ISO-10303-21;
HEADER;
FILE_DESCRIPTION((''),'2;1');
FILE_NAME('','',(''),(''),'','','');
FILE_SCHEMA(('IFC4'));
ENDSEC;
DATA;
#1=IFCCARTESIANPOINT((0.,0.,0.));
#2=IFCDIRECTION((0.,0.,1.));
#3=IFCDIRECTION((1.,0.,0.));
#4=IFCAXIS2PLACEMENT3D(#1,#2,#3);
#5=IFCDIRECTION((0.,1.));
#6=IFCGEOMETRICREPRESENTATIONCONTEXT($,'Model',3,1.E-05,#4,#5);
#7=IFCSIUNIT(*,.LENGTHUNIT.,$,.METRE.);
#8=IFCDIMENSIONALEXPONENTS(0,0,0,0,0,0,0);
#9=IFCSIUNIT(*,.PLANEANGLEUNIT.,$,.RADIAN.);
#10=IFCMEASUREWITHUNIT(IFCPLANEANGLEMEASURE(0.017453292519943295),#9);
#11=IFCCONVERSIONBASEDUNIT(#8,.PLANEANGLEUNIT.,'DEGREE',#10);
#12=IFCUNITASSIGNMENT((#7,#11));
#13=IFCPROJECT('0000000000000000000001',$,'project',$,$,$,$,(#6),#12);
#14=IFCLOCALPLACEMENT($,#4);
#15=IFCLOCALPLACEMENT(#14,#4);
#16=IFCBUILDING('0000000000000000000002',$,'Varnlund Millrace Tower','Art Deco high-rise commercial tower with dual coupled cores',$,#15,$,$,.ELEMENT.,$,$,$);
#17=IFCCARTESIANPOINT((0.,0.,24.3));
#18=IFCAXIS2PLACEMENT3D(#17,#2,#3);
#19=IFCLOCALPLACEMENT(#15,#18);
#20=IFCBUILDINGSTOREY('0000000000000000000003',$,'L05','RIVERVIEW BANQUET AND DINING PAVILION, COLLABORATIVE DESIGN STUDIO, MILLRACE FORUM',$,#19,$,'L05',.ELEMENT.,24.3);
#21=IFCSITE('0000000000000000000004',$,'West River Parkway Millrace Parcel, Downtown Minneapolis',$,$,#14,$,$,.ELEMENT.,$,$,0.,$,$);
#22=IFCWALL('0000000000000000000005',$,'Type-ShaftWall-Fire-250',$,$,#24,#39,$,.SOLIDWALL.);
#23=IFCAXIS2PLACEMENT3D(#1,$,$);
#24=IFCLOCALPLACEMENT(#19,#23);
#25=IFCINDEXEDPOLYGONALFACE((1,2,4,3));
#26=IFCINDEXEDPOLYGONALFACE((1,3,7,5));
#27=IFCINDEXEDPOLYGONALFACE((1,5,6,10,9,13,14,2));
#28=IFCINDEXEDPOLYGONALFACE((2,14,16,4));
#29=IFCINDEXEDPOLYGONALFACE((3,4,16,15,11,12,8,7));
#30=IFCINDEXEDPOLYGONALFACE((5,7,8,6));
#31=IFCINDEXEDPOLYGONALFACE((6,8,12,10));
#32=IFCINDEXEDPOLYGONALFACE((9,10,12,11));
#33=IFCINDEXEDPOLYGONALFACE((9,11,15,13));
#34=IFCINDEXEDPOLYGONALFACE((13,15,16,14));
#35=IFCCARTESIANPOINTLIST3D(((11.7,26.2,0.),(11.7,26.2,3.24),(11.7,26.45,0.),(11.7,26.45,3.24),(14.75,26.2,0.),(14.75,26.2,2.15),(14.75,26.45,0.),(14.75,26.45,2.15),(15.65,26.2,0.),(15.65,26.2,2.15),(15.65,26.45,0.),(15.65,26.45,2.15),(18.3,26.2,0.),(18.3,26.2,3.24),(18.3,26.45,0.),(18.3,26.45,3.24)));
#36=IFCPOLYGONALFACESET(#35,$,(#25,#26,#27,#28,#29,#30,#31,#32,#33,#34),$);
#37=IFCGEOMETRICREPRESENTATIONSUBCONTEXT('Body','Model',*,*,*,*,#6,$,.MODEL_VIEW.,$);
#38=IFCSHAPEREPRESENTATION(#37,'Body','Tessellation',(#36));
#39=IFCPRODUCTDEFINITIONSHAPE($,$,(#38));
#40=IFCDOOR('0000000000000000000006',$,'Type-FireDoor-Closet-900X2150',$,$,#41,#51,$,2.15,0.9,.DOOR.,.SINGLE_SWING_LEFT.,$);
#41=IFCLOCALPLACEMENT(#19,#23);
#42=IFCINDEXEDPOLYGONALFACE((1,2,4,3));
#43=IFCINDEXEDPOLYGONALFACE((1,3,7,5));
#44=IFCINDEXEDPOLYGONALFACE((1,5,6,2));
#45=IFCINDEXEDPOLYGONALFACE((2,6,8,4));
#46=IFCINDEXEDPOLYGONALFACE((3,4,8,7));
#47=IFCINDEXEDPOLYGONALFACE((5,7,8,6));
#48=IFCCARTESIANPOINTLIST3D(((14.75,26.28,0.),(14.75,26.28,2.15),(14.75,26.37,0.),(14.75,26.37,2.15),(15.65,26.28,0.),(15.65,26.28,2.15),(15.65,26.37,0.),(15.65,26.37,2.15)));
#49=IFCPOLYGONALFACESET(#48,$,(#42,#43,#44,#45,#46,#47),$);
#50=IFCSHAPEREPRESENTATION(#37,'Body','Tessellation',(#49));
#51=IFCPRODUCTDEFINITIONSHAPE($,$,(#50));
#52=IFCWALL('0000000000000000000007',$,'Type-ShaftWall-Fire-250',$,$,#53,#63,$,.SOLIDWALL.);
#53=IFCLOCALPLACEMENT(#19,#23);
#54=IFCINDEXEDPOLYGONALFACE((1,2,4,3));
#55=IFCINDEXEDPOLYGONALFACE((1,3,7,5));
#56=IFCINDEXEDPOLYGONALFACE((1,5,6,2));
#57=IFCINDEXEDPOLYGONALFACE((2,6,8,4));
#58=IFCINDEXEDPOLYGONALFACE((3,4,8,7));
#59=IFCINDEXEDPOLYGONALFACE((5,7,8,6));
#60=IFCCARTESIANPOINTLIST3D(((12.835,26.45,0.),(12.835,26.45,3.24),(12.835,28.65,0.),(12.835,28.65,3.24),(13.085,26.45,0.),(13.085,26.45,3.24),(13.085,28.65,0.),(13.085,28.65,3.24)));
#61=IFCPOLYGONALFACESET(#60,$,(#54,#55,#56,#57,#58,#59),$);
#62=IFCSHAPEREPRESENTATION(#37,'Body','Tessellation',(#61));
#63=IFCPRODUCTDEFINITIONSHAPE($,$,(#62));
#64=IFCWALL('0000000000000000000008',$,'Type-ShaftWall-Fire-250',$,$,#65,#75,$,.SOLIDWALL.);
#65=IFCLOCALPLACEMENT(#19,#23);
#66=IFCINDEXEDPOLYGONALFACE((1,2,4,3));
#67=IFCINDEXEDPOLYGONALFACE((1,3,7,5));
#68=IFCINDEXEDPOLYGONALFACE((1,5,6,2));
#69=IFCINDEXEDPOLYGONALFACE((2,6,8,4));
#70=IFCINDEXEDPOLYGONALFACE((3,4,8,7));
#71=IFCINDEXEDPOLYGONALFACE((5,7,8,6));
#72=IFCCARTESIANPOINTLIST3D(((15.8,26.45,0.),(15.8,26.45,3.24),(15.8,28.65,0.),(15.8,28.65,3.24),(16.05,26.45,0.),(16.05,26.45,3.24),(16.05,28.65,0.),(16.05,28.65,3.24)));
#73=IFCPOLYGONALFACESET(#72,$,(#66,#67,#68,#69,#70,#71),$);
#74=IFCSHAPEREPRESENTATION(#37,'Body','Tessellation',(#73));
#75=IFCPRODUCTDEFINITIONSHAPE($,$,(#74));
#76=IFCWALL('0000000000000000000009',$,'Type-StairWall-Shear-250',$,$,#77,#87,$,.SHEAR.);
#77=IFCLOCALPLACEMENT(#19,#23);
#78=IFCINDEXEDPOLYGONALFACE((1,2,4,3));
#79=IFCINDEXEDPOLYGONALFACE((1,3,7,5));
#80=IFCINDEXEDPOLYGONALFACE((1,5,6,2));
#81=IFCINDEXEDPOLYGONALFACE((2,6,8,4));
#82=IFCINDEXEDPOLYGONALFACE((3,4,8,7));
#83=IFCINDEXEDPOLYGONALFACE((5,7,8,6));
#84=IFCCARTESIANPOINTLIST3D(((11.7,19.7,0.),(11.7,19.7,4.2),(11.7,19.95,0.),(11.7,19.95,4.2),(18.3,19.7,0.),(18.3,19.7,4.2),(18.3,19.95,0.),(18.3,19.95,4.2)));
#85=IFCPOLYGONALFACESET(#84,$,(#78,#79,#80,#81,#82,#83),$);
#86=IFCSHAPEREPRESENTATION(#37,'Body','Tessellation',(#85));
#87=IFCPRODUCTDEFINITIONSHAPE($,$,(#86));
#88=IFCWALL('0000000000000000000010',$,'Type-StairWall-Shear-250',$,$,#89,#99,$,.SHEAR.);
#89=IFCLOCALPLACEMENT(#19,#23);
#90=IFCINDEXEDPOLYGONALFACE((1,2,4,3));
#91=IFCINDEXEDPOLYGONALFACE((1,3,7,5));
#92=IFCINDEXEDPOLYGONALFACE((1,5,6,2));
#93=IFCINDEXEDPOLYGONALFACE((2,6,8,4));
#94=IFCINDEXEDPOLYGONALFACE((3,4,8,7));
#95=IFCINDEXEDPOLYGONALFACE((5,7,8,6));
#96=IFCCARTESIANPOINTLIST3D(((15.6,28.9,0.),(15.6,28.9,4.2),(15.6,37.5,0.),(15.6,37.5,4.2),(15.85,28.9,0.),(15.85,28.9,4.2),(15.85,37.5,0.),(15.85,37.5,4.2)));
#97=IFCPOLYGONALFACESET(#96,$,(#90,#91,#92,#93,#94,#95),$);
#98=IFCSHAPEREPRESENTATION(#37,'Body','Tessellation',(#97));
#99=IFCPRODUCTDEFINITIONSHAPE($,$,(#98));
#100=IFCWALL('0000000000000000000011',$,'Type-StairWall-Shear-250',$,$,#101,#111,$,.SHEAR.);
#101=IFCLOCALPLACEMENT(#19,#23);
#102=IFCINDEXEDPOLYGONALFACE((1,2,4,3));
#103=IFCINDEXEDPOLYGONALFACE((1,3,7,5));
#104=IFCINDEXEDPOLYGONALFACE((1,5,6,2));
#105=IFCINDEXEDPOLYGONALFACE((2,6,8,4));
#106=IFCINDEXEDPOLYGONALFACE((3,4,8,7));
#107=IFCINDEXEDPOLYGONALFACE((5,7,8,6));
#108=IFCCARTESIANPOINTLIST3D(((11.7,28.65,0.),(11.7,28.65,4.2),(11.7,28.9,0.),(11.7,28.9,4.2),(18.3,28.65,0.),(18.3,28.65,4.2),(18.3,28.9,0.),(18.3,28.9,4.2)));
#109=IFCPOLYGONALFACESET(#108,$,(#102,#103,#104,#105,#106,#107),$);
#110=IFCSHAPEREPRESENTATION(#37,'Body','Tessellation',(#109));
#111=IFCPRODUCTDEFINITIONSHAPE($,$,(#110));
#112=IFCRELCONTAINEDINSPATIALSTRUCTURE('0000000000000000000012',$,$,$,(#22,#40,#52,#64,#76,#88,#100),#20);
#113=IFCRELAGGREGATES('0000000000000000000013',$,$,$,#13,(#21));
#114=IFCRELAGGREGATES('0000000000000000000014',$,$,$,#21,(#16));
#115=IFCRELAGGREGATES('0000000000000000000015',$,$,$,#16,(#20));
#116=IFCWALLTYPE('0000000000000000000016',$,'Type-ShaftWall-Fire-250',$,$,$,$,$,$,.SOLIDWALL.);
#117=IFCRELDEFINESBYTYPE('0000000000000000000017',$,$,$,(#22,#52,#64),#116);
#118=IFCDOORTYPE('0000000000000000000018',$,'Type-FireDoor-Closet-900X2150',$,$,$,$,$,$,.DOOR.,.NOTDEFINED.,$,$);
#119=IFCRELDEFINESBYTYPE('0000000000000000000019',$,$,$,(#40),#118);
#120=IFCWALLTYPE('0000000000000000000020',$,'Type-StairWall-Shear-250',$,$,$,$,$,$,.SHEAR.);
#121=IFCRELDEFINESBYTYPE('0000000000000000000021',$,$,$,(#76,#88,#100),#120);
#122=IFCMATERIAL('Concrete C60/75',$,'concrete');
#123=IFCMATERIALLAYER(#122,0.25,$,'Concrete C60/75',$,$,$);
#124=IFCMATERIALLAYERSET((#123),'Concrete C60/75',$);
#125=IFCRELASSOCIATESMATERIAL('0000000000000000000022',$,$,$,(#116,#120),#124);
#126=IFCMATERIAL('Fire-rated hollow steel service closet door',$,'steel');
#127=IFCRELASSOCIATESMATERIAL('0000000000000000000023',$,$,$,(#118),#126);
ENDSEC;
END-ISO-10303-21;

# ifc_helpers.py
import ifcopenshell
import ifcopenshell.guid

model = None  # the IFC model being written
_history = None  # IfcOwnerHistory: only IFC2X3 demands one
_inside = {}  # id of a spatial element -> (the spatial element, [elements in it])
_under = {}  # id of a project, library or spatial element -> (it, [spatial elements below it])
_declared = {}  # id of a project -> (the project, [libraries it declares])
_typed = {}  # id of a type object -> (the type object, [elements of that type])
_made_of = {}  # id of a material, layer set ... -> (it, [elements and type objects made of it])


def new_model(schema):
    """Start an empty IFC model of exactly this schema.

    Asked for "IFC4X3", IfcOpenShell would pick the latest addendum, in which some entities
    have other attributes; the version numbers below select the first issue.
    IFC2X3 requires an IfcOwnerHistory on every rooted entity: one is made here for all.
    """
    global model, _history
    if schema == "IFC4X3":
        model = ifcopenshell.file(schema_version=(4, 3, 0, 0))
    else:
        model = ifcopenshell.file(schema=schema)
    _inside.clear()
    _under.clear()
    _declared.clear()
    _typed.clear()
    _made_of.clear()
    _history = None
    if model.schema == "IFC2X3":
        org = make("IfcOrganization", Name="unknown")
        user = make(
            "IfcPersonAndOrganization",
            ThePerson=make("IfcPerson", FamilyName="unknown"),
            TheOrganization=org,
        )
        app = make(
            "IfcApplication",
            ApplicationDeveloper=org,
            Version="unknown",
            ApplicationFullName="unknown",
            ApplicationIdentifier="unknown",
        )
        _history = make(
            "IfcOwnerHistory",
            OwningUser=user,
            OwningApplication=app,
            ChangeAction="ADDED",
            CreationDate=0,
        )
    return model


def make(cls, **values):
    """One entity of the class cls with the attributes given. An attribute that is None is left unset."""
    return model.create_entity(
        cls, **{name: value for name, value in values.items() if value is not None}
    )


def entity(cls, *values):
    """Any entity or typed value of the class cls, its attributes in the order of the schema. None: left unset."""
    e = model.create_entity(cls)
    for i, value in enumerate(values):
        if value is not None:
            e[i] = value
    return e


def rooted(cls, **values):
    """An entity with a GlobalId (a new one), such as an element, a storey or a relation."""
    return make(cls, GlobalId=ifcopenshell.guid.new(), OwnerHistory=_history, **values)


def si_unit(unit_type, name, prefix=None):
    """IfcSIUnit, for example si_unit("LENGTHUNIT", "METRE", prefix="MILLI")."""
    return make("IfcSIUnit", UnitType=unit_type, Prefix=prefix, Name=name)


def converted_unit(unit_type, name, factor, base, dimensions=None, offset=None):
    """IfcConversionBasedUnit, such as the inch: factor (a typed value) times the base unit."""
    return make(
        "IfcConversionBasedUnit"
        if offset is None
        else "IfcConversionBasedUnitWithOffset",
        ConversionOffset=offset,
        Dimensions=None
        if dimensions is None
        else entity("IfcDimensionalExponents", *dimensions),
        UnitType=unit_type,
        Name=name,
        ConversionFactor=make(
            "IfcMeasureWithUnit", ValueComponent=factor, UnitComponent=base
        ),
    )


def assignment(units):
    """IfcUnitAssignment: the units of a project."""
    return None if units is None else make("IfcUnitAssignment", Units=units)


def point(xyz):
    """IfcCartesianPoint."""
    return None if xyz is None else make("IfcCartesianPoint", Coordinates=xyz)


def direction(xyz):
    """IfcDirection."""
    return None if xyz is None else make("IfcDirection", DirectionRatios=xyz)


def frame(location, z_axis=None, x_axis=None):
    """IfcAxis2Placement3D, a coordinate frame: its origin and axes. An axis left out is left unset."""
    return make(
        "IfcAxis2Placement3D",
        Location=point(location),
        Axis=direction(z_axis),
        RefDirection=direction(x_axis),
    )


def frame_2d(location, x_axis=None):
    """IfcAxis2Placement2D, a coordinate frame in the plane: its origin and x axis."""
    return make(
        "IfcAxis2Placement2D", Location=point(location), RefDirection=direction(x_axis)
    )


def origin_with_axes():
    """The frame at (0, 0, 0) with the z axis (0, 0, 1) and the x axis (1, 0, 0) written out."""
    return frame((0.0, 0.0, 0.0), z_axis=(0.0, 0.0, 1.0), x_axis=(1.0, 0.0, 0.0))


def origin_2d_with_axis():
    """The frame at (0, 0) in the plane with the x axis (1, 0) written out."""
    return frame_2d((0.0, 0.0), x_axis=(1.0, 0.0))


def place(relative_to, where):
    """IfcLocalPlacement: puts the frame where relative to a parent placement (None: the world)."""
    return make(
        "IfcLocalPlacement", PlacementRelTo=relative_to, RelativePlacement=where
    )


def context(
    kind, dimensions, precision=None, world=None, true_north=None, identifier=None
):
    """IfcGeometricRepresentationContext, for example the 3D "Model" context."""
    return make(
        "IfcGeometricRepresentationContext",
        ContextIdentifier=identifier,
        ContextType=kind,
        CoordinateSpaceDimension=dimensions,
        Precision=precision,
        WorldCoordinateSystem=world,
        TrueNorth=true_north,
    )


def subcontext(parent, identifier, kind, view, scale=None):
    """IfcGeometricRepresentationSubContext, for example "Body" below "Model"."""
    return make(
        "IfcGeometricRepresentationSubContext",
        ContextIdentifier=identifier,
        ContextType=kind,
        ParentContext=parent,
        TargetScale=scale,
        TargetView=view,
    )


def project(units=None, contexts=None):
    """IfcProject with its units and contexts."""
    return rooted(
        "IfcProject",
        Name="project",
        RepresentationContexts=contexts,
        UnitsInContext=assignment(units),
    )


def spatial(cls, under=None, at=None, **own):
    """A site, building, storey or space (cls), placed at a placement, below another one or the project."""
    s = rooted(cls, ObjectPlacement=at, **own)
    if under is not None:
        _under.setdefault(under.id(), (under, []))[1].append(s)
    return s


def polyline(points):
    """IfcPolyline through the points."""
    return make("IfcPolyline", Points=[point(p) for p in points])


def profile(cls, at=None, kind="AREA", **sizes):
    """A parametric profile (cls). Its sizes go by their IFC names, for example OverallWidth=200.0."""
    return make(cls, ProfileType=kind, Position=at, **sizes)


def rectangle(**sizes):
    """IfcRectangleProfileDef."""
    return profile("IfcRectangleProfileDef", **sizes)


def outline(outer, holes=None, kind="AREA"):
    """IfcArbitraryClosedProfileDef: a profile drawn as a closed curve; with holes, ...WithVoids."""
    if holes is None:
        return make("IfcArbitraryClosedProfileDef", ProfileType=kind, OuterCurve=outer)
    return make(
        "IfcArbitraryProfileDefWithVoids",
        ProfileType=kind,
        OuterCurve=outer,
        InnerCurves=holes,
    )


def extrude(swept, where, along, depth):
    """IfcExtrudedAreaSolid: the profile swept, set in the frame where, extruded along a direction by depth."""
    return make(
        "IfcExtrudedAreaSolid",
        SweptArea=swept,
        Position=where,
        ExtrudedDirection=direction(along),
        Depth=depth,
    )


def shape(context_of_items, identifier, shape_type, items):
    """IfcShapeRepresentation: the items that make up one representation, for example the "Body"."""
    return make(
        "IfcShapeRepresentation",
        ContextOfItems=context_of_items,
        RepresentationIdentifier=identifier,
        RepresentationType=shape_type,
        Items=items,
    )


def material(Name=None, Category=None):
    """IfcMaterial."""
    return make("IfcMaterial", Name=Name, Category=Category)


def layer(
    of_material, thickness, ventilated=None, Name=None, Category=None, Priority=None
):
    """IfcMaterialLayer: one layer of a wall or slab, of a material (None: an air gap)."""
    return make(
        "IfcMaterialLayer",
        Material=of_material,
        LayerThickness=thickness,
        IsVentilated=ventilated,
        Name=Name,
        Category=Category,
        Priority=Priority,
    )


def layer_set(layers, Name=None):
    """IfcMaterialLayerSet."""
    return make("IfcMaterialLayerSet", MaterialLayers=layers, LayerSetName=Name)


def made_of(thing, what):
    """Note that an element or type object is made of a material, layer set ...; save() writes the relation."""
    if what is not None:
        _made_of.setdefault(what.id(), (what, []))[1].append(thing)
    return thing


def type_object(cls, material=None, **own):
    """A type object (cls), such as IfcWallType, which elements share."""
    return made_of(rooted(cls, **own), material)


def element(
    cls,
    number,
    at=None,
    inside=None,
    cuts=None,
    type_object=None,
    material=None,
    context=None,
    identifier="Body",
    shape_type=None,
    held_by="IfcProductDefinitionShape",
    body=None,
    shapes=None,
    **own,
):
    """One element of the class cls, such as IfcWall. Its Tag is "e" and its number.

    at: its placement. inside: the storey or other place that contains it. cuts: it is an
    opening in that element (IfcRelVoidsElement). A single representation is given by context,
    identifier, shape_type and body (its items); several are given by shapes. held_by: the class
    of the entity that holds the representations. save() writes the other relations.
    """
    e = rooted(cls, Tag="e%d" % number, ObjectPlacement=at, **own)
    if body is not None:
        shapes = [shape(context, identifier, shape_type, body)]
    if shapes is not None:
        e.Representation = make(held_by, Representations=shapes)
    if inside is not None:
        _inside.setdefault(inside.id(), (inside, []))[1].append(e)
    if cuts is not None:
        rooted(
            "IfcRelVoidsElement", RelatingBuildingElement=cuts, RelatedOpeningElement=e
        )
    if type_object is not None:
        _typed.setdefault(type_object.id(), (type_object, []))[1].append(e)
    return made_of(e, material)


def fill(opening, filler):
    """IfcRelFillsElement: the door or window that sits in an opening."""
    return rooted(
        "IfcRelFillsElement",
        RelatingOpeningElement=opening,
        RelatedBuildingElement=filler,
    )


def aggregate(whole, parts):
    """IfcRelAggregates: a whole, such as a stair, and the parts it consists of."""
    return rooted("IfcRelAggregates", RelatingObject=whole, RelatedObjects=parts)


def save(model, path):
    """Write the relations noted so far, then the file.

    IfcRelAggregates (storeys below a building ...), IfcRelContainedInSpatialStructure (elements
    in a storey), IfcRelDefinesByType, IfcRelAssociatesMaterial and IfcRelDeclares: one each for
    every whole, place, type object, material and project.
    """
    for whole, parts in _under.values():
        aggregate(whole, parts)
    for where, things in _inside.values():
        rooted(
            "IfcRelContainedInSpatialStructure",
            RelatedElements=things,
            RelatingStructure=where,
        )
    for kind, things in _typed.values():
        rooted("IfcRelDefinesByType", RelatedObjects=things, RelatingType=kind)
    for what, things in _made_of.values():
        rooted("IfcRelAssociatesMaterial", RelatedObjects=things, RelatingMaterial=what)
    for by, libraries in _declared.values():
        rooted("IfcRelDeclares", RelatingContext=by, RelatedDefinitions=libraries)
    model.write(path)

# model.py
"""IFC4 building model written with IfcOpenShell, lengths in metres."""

from ifc_helpers import new_model, entity, si_unit, converted_unit, direction, frame, origin_with_axes, origin_2d_with_axis, place, context, subcontext, project, spatial, polyline, rectangle, outline, extrude, material, layer, layer_set, type_object, element, fill, save


model = new_model("IFC4")

# Units and contexts
model_context = context("Model", 3, precision=1e-05, world=origin_with_axes(), true_north=direction((0.0, 1.0)))
body_context = subcontext(model_context, "Body", "Model", "MODEL_VIEW")
ifc_project = project(units=[si_unit("LENGTHUNIT", "METRE"), converted_unit("PLANEANGLEUNIT", "DEGREE", entity("IfcPlaneAngleMeasure", 0.017453292519943295), si_unit("PLANEANGLEUNIT", "RADIAN"), dimensions=[0, 0, 0, 0, 0, 0, 0])], contexts=[model_context])

# Site, building, storey
site_placement = place(None, origin_with_axes())
site = spatial("IfcSite", under=ifc_project, at=site_placement, Name="West River Parkway Millrace Parcel, Downtown Minneapolis", CompositionType="ELEMENT", RefElevation=0.0)
building_placement = place(site_placement, origin_with_axes())
building = spatial("IfcBuilding", under=site, at=building_placement, Name="Varnlund Millrace Tower", Description="Art Deco high-rise commercial tower with dual coupled cores", CompositionType="ELEMENT")
storey_placement = place(building_placement, frame((0.0, 0.0, 24.3), z_axis=(0.0, 0.0, 1.0), x_axis=(1.0, 0.0, 0.0)))
storey = spatial("IfcBuildingStorey", under=building, at=storey_placement, Name="L05", Description="RIVERVIEW BANQUET AND DINING PAVILION, COLLABORATIVE DESIGN STUDIO, MILLRACE FORUM", LongName="L05", CompositionType="ELEMENT", Elevation=24.3)

# Shared definitions
ifc_material_1 = material(Name="Concrete C60/75", Category="concrete")
ifc_layer_1 = layer(ifc_material_1, 0.25, Name="Concrete C60/75")
ifc_layer_set_1 = layer_set([ifc_layer_1], Name="Concrete C60/75")
wall_type_1 = type_object("IfcWallType", Name="Type-ShaftWall-Fire-250", PredefinedType="SOLIDWALL", material=ifc_layer_set_1)

# Wall, opening, door
ifc_material_2 = material(Name="Fire-rated hollow steel service closet door", Category="steel")
door_type_1 = type_object("IfcDoorType", Name="Type-FireDoor-Closet-900X2150", OperationType="NOTDEFINED", PredefinedType="DOOR", material=ifc_material_2)
wall_1_placement = place(storey_placement, frame((11.7, 26.325, 0.0), z_axis=(0.0, 0.0, 1.0), x_axis=(1.0, 0.0, 0.0)))
wall_1 = element("IfcWall", 1, at=wall_1_placement, inside=storey, type_object=wall_type_1, Name="Type-ShaftWall-Fire-250", PredefinedType="SOLIDWALL", context=body_context, shape_type="SweptSolid", body=[
    extrude(outline(polyline([(0.0, -0.125), (6.6, -0.125), (6.6, 0.125), (0.0, 0.125), (0.0, -0.125)])), origin_with_axes(), (0.0, 0.0, 1.0), 3.24),
])
opening_1_placement = place(wall_1_placement, frame((3.5, 0.0, 0.0), z_axis=(0.0, 0.0, 1.0), x_axis=(1.0, 0.0, 0.0)))
opening_1 = element("IfcOpeningElement", 2, at=opening_1_placement, cuts=wall_1, PredefinedType="OPENING", context=body_context, shape_type="SweptSolid", body=[
    extrude(rectangle(XDim=0.9, YDim=0.27, at=origin_2d_with_axis()), origin_with_axes(), (0.0, 0.0, 1.0), 2.15),
])
door_1_placement = place(wall_1_placement, frame((3.5, 0.0, 0.0), z_axis=(0.0, 0.0, 1.0), x_axis=(1.0, 0.0, 0.0)))
door_1 = element("IfcDoor", 3, at=door_1_placement, inside=storey, type_object=door_type_1, Name="Type-FireDoor-Closet-900X2150", OperationType="SINGLE_SWING_LEFT", OverallHeight=2.15, OverallWidth=0.9, PredefinedType="DOOR", context=body_context, shape_type="SweptSolid", body=[
    extrude(rectangle(XDim=0.9, YDim=0.09, at=origin_2d_with_axis()), origin_with_axes(), (0.0, 0.0, 1.0), 2.15),
])
fill(opening_1, door_1)

# Walls
for number, where, z_axis, x_axis, name in (
    (4, (12.96, 26.45, 0.0), (0.0, 0.0, 1.0), (0.0, 1.0, 0.0), "Type-ShaftWall-Fire-250"),
    (5, (15.925, 26.45, 0.0), (0.0, 0.0, 1.0), (0.0, 1.0, 0.0), "Type-ShaftWall-Fire-250"),
):
    element("IfcWall", number, at=place(storey_placement, frame(where, z_axis=z_axis, x_axis=x_axis)), inside=storey, type_object=wall_type_1, Name=name, PredefinedType="SOLIDWALL", context=body_context, shape_type="SweptSolid", body=[
        extrude(outline(polyline([(0.0, -0.125), (2.2, -0.125), (2.2, 0.125), (0.0, 0.125), (0.0, -0.125)])), origin_with_axes(), (0.0, 0.0, 1.0), 3.24),
    ])
wall_type_2 = type_object("IfcWallType", Name="Type-StairWall-Shear-250", PredefinedType="SHEAR", material=ifc_layer_set_1)
wall_2_placement = place(storey_placement, frame((11.7, 19.825, 0.0), z_axis=(0.0, 0.0, 1.0), x_axis=(1.0, 0.0, 0.0)))
element("IfcWall", 6, at=wall_2_placement, inside=storey, type_object=wall_type_2, Name="Type-StairWall-Shear-250", PredefinedType="SHEAR", context=body_context, shape_type="SweptSolid", body=[
    extrude(outline(polyline([(0.0, -0.125), (6.6, -0.125), (6.6, 0.125), (0.0, 0.125), (0.0, -0.125)])), origin_with_axes(), (0.0, 0.0, 1.0), 4.2),
])
wall_3_placement = place(storey_placement, frame((15.725, 28.9, 0.0), z_axis=(0.0, 0.0, 1.0), x_axis=(0.0, 1.0, 0.0)))
element("IfcWall", 7, at=wall_3_placement, inside=storey, type_object=wall_type_2, Name="Type-StairWall-Shear-250", PredefinedType="SHEAR", context=body_context, shape_type="SweptSolid", body=[
    extrude(outline(polyline([(0.0, -0.125), (8.6, -0.125), (8.6, 0.125), (0.0, 0.125), (0.0, -0.125)])), origin_with_axes(), (0.0, 0.0, 1.0), 4.2),
])
wall_4_placement = place(storey_placement, frame((11.7, 28.775, 0.0), z_axis=(0.0, 0.0, 1.0), x_axis=(1.0, 0.0, 0.0)))
element("IfcWall", 8, at=wall_4_placement, inside=storey, type_object=wall_type_2, Name="Type-StairWall-Shear-250", PredefinedType="SHEAR", context=body_context, shape_type="SweptSolid", body=[
    extrude(outline(polyline([(0.0, -0.125), (6.6, -0.125), (6.6, 0.125), (0.0, 0.125), (0.0, -0.125)])), origin_with_axes(), (0.0, 0.0, 1.0), 4.2),
])

save(model, "model.ifc")
